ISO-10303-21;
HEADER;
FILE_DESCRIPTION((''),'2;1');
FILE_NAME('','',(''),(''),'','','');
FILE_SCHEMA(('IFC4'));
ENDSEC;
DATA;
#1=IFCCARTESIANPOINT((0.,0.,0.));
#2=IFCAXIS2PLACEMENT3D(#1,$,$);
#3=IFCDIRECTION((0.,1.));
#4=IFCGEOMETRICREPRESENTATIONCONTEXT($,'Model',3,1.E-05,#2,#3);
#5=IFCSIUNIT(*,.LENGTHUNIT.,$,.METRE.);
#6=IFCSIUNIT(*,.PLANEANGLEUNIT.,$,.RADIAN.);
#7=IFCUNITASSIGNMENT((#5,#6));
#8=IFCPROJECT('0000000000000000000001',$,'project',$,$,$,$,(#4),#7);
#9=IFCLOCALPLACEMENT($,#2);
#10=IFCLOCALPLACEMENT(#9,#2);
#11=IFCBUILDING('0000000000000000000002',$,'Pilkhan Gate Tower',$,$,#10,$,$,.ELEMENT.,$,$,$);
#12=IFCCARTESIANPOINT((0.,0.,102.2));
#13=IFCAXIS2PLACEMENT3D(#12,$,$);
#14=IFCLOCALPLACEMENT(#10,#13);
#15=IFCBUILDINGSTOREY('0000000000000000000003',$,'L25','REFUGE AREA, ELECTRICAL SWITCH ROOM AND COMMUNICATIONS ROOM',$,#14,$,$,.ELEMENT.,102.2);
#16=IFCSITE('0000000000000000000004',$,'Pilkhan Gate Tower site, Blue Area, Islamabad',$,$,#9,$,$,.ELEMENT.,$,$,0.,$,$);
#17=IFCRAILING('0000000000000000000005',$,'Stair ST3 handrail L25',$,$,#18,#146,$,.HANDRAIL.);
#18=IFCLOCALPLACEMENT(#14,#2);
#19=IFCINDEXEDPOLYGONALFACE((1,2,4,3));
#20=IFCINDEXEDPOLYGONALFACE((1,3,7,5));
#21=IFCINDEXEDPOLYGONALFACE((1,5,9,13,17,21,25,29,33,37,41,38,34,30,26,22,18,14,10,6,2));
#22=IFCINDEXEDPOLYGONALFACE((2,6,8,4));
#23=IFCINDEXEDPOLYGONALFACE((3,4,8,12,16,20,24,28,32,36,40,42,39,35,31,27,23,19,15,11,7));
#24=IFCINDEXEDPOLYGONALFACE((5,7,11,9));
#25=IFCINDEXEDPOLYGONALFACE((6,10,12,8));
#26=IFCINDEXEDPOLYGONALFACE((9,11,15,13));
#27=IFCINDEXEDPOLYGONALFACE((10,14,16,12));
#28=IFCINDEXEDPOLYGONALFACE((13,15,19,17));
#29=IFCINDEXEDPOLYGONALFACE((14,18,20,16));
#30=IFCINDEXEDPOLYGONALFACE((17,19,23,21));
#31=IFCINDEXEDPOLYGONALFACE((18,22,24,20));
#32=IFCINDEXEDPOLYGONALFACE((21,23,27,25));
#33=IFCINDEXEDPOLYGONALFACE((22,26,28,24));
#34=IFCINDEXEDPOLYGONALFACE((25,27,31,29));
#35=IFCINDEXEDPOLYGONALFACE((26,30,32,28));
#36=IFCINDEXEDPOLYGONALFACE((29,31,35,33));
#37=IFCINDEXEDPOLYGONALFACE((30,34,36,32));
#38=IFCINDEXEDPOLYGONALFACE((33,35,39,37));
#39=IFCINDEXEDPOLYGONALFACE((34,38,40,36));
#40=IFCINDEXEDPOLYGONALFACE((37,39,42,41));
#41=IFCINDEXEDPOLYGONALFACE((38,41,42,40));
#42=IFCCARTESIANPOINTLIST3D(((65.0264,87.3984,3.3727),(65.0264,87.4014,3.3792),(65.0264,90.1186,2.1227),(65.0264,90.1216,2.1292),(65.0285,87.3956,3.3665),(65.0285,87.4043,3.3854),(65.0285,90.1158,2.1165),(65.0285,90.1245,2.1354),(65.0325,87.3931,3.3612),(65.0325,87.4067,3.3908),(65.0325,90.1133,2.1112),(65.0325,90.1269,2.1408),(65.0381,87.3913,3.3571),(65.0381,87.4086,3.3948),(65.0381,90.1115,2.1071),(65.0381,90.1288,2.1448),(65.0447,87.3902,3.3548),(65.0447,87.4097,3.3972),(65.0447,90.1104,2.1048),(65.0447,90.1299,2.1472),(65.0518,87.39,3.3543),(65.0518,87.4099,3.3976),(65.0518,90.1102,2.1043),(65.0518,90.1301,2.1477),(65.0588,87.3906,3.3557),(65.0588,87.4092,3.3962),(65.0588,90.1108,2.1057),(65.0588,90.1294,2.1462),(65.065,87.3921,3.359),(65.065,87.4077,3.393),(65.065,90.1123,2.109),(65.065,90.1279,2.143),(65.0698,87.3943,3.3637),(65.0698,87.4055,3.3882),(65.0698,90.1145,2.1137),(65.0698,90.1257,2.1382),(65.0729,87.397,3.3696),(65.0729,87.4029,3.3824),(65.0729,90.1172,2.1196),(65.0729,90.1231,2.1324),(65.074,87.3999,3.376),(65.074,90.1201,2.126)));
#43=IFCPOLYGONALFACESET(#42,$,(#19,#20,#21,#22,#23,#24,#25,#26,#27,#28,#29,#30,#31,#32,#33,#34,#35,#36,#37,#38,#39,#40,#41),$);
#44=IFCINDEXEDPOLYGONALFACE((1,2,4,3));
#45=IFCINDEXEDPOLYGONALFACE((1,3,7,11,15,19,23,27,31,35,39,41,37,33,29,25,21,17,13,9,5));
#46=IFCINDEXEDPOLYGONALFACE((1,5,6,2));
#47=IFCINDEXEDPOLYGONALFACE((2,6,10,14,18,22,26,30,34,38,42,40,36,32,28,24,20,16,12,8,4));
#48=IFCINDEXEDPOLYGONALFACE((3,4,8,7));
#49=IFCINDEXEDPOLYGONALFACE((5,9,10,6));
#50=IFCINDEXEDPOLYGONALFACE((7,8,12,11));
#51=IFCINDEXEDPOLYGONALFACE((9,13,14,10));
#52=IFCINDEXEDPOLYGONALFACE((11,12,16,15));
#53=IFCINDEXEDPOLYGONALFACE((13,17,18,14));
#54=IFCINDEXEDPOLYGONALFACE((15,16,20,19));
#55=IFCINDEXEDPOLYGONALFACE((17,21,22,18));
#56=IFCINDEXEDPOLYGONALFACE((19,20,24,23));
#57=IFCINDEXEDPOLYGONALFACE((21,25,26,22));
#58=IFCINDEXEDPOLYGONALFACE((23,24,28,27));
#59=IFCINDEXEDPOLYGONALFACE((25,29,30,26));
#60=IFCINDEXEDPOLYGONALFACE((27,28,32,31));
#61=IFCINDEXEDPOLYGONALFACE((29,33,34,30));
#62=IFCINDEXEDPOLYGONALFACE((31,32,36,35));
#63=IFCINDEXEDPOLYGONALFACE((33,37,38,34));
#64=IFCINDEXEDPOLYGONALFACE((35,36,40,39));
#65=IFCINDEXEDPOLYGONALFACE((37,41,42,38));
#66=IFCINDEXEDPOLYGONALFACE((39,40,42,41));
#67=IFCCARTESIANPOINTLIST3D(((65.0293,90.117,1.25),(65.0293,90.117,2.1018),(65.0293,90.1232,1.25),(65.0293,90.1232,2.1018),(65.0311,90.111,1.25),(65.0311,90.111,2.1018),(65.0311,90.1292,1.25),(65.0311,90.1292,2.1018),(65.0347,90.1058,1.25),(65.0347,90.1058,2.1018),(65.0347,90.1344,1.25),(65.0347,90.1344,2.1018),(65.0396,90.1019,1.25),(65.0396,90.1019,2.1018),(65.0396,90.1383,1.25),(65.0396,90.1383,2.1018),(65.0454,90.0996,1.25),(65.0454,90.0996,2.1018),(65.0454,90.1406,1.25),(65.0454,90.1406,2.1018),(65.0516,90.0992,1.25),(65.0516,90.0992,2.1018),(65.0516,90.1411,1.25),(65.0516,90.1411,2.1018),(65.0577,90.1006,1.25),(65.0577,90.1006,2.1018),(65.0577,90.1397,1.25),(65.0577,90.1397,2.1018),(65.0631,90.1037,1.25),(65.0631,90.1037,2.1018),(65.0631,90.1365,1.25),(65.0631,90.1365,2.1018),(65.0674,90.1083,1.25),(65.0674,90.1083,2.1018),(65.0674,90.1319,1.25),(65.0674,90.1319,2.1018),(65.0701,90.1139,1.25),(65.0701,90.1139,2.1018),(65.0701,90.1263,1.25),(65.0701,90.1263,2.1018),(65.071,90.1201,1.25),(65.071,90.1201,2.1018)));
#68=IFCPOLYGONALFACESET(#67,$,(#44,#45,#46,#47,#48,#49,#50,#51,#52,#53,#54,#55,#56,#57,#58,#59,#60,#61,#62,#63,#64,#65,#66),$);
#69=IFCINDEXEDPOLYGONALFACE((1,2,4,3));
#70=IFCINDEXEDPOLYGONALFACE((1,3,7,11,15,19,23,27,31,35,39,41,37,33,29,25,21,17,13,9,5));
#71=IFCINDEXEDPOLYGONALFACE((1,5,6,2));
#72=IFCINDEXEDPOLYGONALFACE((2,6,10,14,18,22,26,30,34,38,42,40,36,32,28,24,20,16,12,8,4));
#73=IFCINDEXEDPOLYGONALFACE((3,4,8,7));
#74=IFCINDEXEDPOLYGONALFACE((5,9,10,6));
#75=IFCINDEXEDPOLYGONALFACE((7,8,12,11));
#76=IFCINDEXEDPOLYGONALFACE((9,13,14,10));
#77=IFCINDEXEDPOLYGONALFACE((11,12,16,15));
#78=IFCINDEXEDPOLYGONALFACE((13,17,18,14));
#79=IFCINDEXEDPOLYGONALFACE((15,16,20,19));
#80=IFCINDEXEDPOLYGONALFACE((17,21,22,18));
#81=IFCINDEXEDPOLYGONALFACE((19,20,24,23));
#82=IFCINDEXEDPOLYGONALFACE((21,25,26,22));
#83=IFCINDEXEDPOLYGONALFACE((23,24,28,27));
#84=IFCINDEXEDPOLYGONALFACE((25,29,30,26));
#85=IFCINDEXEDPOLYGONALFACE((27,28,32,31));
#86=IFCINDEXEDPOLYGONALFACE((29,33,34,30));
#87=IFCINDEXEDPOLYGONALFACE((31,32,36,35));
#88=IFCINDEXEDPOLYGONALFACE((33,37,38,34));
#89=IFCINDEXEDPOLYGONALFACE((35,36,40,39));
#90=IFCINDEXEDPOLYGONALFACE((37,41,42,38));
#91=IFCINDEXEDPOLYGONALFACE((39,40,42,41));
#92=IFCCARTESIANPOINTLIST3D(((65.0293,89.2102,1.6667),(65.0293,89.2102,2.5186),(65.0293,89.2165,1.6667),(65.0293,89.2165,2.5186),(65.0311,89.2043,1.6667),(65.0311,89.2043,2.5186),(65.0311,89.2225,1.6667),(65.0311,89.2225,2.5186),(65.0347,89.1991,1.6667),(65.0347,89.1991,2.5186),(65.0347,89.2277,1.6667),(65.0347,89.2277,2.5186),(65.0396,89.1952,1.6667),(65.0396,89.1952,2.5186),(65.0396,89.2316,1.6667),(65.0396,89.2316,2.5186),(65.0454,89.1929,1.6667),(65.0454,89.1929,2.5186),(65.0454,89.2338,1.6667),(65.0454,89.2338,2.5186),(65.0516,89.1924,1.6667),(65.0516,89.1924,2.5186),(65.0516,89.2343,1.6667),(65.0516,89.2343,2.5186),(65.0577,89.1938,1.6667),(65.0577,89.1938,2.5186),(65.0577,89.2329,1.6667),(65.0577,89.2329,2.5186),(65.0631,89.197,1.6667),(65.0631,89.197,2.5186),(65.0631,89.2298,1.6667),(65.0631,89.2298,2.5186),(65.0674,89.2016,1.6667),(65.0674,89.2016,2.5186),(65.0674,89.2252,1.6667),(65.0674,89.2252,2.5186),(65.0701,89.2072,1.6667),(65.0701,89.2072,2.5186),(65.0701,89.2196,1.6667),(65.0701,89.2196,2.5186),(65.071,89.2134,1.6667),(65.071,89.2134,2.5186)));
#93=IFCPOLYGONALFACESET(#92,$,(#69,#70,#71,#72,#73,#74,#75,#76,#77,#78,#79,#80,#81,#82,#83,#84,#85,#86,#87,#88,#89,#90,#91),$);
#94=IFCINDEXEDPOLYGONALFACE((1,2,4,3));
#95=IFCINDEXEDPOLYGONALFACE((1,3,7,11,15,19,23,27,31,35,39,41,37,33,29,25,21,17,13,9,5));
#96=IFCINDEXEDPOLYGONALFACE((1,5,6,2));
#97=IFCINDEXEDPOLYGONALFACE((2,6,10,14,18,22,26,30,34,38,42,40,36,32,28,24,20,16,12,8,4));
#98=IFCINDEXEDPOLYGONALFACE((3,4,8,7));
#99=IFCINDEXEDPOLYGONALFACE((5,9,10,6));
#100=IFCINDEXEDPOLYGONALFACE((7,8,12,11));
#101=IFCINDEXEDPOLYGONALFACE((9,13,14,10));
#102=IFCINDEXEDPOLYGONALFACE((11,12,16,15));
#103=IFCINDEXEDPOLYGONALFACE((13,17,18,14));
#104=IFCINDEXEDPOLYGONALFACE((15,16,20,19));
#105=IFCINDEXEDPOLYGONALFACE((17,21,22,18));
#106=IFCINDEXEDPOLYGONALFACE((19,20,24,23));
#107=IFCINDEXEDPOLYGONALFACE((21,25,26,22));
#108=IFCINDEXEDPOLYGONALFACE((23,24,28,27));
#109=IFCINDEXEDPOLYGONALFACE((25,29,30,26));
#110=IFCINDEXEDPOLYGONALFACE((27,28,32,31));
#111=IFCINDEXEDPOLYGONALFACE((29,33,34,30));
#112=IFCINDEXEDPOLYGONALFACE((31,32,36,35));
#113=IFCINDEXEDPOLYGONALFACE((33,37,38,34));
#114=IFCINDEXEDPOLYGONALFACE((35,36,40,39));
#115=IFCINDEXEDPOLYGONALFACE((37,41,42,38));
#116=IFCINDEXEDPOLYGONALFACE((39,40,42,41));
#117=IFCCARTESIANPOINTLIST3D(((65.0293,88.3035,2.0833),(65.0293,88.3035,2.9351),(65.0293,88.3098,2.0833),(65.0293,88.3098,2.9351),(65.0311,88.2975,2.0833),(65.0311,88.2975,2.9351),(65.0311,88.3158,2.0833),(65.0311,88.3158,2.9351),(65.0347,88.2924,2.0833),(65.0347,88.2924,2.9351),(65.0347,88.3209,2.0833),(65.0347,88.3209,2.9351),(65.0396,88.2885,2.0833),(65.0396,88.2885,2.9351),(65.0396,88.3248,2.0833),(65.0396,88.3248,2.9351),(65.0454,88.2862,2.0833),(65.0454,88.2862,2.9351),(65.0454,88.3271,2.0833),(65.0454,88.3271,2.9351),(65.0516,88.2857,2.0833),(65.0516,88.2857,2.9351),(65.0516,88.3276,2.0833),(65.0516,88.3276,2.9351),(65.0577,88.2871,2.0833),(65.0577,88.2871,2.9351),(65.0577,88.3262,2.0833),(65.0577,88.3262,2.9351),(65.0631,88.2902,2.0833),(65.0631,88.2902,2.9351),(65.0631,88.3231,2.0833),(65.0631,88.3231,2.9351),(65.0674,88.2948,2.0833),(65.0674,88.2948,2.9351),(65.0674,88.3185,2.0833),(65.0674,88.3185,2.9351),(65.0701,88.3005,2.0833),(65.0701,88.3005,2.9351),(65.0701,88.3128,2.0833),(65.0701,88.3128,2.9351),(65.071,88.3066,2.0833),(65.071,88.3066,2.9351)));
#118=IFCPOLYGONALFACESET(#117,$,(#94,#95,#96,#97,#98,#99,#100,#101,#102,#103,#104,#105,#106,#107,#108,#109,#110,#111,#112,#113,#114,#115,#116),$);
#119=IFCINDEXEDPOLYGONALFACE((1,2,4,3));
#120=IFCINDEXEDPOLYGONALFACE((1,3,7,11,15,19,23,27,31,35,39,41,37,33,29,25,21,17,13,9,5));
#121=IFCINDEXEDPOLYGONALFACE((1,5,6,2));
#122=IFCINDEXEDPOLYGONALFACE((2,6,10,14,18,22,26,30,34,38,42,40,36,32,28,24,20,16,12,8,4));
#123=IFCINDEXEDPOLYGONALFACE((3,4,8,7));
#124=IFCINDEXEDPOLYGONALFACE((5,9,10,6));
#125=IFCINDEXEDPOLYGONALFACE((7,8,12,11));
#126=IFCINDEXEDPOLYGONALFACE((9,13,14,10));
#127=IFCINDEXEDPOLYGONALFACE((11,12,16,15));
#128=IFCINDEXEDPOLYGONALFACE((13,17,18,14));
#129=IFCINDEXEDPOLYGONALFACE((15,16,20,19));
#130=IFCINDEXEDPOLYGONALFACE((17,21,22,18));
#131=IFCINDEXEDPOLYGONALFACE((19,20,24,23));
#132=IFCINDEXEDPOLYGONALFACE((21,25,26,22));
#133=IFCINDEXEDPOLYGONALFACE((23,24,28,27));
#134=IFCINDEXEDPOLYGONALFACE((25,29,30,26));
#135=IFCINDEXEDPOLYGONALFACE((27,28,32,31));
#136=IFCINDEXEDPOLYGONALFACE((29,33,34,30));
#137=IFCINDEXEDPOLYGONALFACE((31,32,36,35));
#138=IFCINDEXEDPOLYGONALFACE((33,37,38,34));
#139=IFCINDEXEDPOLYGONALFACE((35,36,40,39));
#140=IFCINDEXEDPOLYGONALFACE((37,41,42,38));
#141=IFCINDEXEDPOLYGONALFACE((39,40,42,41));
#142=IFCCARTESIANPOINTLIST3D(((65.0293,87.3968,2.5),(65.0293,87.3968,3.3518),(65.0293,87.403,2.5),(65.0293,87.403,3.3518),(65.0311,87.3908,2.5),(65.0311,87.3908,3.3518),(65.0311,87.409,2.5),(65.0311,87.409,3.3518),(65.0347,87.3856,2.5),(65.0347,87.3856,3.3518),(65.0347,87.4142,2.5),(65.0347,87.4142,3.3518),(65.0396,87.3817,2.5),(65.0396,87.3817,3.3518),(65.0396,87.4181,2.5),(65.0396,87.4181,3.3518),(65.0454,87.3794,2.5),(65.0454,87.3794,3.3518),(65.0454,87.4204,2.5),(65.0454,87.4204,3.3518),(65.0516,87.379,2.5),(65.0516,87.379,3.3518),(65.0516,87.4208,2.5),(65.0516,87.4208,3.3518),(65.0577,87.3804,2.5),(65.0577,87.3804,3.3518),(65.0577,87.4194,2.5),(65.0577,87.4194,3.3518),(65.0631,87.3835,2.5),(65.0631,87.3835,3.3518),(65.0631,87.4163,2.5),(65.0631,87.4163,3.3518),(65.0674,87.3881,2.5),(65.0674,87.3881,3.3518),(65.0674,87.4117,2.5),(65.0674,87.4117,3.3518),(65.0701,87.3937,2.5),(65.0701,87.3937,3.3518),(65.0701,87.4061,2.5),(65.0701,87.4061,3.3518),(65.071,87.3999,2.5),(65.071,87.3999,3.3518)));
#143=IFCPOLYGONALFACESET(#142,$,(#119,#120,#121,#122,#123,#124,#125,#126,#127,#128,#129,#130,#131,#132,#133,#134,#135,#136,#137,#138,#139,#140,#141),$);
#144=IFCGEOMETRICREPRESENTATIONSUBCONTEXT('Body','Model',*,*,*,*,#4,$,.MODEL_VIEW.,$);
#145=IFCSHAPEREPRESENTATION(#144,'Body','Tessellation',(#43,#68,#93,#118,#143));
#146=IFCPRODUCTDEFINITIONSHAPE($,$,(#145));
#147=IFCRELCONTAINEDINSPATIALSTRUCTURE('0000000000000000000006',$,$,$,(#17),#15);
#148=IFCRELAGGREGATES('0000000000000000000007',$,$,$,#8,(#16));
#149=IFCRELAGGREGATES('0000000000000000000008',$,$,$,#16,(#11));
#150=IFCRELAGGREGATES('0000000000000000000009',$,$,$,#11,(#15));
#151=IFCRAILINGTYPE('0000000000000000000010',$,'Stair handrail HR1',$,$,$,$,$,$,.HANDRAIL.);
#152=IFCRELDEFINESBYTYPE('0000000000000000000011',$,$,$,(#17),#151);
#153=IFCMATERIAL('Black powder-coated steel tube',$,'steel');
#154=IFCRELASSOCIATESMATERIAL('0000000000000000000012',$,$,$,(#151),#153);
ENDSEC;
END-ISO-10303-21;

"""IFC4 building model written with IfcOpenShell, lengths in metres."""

from ifc_helpers import new_model, si_unit, direction, frame, origin, origin_2d, place, context, subcontext, project, spatial, circle, extrude, material, type_object, element, save


model = new_model("IFC4")

# Units and contexts
model_context = context("Model", 3, precision=1e-05, world=origin(), true_north=direction((0.0, 1.0)))
body_context = subcontext(model_context, "Body", "Model", "MODEL_VIEW")
ifc_project = project(units=[si_unit("LENGTHUNIT", "METRE"), si_unit("PLANEANGLEUNIT", "RADIAN")], contexts=[model_context])

# Site, building, storey
site_placement = place(None, origin())
site = spatial("IfcSite", under=ifc_project, at=site_placement, Name="Pilkhan Gate Tower site, Blue Area, Islamabad", CompositionType="ELEMENT", RefElevation=0.0)
building_placement = place(site_placement, origin())
building = spatial("IfcBuilding", under=site, at=building_placement, Name="Pilkhan Gate Tower", CompositionType="ELEMENT")
storey_placement = place(building_placement, frame((0.0, 0.0, 102.2)))
storey = spatial("IfcBuildingStorey", under=building, at=storey_placement, Name="L25", Description="REFUGE AREA, ELECTRICAL SWITCH ROOM AND COMMUNICATIONS ROOM", CompositionType="ELEMENT", Elevation=102.2)

# Railing
ifc_material_1 = material(Name="Black powder-coated steel tube", Category="steel")
railing_type_1 = type_object("IfcRailingType", Name="Stair handrail HR1", PredefinedType="HANDRAIL", material=ifc_material_1)
railing_1_placement = place(storey_placement, frame((65.05, 90.1201, 1.25)))
element("IfcRailing", 1, at=railing_1_placement, inside=storey, type_object=railing_type_1, Name="Stair ST3 handrail L25", PredefinedType="HANDRAIL", context=body_context, shape_type="SweptSolid", body=[
    extrude(circle(Radius=0.0239, at=origin_2d()), frame((0.0, 0.0, 0.876), z_axis=(0.0, -0.908655, 0.417547), x_axis=(1.0, 0.0, 0.0)), (0.0, 0.0, 1.0), 2.9937),
    extrude(circle(Radius=0.021, at=origin_2d()), origin(), (0.0, 0.0, 1.0), 0.8518),
    extrude(circle(Radius=0.021, at=origin_2d()), frame((0.0, -0.9067, 0.4167)), (0.0, 0.0, 1.0), 0.8518),
    extrude(circle(Radius=0.021, at=origin_2d()), frame((0.0, -1.8135, 0.8333)), (0.0, 0.0, 1.0), 0.8518),
    extrude(circle(Radius=0.021, at=origin_2d()), frame((0.0, -2.7202, 1.25)), (0.0, 0.0, 1.0), 0.8518),
])

save(model, "model.ifc")
